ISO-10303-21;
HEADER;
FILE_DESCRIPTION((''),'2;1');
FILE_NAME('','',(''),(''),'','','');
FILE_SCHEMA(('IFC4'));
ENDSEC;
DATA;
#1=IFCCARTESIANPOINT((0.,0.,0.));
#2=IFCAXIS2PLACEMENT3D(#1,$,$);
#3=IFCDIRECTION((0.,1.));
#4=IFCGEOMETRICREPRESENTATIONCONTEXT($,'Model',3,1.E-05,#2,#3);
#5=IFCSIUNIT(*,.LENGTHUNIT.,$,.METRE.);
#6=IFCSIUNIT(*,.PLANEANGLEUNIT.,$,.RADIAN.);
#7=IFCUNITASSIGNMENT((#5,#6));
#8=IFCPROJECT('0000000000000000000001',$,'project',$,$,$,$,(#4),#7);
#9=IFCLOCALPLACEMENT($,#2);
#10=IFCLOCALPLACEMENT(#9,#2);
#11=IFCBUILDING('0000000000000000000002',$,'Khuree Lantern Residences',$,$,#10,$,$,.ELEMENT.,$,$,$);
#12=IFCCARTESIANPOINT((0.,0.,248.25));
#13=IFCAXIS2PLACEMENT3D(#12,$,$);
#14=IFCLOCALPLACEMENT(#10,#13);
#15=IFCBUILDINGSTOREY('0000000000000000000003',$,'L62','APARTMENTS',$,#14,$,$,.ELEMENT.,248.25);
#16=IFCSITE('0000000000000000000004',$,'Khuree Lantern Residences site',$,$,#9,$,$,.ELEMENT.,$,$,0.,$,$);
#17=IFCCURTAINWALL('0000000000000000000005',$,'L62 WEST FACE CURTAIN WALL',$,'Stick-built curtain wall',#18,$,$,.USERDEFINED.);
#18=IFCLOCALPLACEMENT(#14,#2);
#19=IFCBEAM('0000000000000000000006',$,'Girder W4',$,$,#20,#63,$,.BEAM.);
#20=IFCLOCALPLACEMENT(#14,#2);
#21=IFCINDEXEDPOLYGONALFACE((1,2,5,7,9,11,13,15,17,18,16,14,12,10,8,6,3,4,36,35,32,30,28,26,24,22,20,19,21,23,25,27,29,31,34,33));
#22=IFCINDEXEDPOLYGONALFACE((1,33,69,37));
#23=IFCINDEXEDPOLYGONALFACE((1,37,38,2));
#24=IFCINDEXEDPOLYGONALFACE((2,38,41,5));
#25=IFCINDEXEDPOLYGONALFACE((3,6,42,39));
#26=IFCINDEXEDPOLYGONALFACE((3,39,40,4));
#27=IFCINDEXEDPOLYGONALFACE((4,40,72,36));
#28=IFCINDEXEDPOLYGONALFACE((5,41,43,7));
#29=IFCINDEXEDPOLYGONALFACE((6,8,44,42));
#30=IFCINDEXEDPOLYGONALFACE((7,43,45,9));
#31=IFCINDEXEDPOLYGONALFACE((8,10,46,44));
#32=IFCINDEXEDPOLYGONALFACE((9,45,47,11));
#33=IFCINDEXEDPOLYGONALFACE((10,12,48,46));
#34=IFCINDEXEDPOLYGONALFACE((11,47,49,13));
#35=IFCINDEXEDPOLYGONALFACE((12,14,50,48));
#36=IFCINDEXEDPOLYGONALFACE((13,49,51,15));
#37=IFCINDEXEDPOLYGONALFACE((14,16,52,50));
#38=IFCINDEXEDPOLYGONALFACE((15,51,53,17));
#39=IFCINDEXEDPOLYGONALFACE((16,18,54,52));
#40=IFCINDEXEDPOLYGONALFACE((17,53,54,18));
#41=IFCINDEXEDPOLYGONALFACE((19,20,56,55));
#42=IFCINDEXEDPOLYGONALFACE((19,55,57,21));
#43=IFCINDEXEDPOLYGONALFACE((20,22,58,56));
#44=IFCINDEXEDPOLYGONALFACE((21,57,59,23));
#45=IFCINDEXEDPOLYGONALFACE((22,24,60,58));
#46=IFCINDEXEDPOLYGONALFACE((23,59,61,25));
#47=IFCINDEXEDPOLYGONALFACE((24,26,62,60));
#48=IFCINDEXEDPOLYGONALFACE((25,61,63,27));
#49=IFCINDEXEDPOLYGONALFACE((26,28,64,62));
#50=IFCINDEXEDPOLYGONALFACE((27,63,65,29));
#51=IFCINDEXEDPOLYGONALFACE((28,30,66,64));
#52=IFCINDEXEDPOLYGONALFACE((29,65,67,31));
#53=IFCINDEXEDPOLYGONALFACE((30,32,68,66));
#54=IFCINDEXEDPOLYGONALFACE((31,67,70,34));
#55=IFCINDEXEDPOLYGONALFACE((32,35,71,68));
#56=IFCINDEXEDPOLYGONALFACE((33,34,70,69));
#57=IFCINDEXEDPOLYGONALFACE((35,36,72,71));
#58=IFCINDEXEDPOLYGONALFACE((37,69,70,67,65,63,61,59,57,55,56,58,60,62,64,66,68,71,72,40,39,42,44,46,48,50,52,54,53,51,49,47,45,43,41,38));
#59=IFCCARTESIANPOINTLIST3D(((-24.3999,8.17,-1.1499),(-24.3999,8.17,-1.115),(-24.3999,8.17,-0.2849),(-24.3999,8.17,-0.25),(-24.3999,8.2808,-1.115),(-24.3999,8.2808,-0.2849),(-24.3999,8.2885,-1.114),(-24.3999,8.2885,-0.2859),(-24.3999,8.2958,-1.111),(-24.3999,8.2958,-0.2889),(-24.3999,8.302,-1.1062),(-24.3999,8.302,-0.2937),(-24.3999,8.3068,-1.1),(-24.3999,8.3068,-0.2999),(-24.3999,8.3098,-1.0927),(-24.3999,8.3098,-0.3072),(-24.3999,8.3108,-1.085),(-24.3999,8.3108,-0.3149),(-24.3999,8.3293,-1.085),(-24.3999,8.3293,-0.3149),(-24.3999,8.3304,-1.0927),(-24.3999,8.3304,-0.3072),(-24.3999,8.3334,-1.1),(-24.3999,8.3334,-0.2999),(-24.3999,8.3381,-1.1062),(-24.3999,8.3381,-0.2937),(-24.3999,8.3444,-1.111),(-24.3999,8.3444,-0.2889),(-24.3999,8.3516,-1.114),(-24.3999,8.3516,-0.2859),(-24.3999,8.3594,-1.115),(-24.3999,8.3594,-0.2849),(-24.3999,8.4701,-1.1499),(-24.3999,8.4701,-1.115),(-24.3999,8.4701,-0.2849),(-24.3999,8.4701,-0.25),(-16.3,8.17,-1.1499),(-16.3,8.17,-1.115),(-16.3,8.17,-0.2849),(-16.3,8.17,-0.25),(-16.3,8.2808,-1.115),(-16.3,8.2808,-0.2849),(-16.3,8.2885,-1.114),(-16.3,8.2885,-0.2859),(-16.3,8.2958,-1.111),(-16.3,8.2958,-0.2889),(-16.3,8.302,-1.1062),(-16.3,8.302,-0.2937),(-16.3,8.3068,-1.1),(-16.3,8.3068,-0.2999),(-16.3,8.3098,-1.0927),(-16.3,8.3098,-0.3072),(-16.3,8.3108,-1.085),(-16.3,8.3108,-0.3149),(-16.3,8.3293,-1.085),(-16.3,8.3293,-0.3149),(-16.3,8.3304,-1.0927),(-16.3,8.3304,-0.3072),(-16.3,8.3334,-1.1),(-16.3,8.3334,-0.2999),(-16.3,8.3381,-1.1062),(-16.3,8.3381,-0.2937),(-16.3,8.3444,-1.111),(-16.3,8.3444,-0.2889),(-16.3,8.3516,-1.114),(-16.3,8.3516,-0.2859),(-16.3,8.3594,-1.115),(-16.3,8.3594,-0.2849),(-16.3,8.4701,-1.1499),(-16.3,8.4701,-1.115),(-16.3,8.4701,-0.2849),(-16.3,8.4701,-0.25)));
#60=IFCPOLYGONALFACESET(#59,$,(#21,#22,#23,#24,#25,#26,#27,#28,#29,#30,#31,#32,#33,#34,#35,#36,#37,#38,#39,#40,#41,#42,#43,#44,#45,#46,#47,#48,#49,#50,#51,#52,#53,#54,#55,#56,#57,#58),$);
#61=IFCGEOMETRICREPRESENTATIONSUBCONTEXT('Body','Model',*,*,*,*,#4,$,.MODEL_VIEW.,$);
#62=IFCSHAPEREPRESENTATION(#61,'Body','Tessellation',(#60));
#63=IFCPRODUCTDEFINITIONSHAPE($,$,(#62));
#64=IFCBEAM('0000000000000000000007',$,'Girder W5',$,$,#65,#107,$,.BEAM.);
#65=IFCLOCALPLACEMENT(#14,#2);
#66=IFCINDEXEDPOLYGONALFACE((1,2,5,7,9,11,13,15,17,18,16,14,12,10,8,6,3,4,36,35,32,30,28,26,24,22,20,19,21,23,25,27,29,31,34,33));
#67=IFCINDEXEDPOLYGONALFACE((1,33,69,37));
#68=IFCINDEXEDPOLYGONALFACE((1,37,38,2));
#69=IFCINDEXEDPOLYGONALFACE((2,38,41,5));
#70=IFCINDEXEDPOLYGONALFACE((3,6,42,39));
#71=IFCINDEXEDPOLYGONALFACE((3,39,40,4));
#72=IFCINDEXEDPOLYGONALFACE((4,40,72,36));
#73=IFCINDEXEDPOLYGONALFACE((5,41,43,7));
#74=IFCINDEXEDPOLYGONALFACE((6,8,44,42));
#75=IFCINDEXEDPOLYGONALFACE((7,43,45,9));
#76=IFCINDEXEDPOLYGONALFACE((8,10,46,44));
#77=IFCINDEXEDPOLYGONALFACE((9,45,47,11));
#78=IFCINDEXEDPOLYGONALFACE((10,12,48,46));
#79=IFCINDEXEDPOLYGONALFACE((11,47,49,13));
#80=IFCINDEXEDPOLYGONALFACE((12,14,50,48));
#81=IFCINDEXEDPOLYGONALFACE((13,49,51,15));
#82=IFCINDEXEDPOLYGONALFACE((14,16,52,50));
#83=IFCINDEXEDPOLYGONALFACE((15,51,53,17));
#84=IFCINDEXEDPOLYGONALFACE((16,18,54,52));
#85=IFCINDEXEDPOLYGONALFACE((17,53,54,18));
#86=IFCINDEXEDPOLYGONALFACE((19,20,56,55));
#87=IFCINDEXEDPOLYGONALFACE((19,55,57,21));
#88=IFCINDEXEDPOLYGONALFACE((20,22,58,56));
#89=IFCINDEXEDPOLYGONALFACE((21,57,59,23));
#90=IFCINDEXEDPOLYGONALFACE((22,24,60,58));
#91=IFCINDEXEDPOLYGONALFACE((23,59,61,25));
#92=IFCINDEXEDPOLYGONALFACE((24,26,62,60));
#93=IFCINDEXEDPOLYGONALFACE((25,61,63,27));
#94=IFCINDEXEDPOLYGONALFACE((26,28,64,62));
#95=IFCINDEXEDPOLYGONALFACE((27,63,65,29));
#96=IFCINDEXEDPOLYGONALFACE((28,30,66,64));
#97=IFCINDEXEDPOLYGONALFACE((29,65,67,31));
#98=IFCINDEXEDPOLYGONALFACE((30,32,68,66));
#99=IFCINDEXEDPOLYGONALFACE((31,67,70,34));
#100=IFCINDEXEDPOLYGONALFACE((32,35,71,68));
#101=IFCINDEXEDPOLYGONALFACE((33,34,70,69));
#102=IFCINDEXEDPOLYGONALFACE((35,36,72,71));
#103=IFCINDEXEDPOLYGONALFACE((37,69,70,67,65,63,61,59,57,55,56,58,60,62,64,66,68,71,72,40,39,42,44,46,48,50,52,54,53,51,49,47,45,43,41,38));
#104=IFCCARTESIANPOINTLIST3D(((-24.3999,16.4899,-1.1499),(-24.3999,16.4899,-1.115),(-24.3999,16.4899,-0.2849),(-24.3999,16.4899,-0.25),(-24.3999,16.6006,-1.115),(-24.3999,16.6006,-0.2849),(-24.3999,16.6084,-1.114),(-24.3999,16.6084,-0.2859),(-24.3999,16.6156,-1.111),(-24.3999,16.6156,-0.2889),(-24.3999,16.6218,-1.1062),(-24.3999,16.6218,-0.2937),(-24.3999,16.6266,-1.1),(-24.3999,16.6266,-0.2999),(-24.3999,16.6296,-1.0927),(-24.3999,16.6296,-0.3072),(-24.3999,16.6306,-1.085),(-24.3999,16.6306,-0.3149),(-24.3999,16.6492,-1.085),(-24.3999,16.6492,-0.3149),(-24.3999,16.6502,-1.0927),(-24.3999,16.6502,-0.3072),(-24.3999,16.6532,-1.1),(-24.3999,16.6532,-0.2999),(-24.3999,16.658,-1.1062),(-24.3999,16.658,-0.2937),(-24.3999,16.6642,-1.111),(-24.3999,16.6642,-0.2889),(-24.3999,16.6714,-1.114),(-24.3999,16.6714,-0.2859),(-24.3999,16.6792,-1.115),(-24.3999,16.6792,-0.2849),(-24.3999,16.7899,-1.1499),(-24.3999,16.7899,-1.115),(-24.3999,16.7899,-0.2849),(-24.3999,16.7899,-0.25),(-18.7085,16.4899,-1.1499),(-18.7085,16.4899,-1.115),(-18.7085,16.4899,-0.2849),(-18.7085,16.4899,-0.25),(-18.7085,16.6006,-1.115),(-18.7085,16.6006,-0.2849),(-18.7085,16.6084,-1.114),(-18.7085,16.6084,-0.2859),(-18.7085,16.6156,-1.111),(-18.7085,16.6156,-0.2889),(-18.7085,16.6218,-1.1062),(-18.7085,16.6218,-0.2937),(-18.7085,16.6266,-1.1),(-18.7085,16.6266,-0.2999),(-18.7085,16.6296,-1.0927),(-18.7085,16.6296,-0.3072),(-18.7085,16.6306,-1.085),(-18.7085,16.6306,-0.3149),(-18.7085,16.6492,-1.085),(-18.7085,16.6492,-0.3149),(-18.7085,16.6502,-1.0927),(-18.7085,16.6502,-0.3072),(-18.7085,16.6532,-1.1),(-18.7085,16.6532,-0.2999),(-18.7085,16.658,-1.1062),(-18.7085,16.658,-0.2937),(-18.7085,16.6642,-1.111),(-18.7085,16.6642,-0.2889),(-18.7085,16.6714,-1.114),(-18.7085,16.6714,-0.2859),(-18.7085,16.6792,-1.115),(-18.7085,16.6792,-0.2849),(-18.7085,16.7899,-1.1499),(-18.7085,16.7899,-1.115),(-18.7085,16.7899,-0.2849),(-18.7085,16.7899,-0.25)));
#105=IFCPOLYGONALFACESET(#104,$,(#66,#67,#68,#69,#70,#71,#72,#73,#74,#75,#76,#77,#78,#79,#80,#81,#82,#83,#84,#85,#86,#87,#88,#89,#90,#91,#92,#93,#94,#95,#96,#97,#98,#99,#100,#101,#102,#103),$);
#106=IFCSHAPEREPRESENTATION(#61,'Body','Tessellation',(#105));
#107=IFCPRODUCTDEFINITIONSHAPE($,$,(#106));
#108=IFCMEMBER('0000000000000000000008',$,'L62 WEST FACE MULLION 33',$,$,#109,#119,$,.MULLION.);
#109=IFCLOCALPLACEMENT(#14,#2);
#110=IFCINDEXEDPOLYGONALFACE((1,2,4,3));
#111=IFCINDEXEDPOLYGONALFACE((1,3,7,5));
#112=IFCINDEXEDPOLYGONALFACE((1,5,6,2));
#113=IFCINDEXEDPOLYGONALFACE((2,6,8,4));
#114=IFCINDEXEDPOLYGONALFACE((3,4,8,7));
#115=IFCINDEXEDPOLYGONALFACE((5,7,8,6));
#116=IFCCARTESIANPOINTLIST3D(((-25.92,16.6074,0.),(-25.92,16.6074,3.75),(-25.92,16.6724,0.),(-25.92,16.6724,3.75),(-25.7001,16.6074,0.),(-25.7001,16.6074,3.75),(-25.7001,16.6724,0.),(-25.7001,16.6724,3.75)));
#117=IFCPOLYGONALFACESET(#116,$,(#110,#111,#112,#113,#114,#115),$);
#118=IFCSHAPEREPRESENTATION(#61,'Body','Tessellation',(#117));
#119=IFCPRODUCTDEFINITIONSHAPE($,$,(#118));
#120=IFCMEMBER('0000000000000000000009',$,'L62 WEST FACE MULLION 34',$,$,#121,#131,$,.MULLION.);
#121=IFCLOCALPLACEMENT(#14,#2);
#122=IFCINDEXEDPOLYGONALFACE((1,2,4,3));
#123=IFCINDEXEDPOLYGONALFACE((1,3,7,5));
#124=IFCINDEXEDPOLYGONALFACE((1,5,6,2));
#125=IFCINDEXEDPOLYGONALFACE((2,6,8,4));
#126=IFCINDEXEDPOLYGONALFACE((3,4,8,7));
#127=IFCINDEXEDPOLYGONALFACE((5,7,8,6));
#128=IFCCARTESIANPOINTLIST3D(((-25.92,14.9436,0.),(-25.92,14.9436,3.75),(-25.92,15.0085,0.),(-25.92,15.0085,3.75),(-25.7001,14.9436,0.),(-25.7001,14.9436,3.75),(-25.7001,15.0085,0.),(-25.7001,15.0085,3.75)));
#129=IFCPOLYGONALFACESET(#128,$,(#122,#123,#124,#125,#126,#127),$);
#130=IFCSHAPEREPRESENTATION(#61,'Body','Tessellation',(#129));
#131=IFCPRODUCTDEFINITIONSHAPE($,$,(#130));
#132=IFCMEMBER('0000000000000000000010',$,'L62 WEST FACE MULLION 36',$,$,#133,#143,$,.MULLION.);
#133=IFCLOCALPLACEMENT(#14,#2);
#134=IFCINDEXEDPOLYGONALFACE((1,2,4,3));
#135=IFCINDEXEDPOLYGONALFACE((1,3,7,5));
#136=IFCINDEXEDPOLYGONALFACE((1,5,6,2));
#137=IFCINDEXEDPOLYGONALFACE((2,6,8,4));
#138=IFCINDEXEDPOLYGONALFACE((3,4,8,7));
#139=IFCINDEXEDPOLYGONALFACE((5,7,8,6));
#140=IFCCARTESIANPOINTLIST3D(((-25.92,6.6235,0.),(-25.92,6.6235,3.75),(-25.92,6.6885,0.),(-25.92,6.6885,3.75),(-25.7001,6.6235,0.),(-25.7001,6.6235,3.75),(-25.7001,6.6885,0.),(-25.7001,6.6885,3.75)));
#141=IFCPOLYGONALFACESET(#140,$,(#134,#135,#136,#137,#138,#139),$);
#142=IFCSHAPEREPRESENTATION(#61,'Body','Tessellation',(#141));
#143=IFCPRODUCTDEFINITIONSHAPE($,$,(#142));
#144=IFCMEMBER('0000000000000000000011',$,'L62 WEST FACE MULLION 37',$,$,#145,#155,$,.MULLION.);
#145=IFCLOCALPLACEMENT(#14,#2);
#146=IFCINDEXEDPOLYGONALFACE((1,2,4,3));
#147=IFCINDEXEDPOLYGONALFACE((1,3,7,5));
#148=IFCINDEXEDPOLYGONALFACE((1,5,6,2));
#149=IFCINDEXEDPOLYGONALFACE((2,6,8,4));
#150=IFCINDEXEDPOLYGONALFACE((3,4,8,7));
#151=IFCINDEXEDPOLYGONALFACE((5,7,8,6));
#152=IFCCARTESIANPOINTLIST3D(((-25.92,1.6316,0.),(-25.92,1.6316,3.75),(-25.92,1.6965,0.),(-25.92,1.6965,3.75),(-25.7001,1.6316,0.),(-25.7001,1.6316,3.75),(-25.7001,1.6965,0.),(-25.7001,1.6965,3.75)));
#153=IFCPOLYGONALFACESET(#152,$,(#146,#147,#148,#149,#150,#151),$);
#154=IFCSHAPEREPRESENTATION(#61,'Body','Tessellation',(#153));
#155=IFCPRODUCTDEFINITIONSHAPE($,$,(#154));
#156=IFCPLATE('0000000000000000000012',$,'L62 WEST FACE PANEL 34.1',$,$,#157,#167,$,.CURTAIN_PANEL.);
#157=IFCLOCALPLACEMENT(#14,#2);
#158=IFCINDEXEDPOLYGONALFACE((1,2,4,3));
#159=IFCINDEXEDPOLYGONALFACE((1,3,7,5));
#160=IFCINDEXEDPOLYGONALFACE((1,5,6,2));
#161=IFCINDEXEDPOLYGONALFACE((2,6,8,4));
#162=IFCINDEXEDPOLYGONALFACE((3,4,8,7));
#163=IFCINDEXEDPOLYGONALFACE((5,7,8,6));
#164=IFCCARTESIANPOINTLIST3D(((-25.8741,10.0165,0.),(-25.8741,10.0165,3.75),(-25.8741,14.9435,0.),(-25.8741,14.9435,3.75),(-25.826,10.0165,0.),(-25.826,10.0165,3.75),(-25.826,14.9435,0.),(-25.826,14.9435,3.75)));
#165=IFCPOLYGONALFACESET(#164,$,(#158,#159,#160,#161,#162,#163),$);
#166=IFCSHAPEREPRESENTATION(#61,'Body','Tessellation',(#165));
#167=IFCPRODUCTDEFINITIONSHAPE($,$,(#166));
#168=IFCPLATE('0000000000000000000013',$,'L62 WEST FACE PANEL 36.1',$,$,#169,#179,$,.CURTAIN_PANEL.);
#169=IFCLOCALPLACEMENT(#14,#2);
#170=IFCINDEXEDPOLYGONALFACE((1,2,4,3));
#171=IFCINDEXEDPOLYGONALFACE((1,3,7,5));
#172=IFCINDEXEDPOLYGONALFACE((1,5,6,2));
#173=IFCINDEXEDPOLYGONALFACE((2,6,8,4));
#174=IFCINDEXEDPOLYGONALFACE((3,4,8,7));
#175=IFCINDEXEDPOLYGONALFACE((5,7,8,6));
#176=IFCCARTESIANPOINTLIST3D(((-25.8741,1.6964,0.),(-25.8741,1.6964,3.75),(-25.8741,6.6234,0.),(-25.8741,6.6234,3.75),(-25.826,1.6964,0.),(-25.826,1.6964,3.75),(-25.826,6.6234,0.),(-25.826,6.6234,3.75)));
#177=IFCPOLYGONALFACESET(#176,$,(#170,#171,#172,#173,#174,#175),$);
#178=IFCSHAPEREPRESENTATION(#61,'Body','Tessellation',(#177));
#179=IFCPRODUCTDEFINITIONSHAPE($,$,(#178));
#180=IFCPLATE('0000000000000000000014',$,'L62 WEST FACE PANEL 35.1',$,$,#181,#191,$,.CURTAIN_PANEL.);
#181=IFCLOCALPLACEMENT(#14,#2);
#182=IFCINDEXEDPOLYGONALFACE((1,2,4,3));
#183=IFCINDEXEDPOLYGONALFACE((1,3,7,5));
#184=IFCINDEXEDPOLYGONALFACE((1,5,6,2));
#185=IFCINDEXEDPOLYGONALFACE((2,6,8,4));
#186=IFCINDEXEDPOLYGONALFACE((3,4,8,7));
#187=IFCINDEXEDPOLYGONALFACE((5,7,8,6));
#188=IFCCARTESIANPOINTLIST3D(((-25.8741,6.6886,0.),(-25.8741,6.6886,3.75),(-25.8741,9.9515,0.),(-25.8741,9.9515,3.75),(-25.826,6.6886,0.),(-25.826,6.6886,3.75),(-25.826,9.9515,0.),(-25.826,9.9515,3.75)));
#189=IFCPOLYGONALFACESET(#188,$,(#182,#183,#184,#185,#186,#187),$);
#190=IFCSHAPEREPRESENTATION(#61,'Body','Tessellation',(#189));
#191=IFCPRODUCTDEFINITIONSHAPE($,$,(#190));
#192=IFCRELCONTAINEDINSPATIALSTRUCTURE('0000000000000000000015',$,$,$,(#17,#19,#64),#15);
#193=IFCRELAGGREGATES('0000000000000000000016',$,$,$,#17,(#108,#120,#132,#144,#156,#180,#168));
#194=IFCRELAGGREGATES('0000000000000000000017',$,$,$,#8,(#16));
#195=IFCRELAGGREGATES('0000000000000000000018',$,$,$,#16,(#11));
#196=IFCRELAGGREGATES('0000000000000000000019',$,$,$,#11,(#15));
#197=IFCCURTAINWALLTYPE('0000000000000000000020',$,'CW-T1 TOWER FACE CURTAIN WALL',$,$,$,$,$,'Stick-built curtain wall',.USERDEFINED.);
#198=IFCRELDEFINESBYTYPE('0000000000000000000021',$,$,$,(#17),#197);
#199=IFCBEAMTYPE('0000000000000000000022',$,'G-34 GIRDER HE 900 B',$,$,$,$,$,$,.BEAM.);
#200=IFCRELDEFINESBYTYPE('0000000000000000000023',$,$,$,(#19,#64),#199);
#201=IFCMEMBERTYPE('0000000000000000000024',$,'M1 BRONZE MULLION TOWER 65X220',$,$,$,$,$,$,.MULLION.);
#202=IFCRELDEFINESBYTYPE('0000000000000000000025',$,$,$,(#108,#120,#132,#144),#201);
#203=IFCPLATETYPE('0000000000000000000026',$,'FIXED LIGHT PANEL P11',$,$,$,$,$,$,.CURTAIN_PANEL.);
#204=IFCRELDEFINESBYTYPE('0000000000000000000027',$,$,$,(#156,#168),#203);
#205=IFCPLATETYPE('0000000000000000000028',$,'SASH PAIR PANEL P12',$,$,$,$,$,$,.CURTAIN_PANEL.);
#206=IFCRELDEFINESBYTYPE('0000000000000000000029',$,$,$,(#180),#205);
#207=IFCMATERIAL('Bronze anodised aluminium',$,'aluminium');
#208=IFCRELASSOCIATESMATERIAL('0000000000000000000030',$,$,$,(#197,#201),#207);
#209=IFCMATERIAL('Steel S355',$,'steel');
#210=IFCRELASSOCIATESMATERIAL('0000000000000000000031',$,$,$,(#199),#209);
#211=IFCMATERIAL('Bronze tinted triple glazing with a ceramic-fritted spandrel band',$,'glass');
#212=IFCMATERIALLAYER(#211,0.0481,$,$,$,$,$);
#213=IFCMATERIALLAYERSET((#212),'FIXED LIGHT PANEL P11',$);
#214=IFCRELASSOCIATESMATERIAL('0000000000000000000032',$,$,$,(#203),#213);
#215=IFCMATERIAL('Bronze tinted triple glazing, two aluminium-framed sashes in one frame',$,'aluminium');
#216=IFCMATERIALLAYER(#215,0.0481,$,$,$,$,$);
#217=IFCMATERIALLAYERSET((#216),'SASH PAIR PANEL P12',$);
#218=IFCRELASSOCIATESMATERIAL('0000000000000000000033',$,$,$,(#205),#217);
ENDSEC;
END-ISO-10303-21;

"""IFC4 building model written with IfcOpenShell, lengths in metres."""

from ifc_helpers import new_model, si_unit, direction, frame, origin, origin_2d, place, context, subcontext, project, spatial, rectangle, i_section, extrude, material, layer, layer_set, material_profile, profile_set, type_object, element, aggregate, save


model = new_model("IFC4")

# Units and contexts
model_context = context("Model", 3, precision=1e-05, world=origin(), true_north=direction((0.0, 1.0)))
body_context = subcontext(model_context, "Body", "Model", "MODEL_VIEW")
ifc_project = project(units=[si_unit("LENGTHUNIT", "METRE"), si_unit("PLANEANGLEUNIT", "RADIAN")], contexts=[model_context])

# Site, building, storey
site_placement = place(None, origin())
site = spatial("IfcSite", under=ifc_project, at=site_placement, Name="Khuree Lantern Residences site", CompositionType="ELEMENT", RefElevation=0.0)
building_placement = place(site_placement, origin())
building = spatial("IfcBuilding", under=site, at=building_placement, Name="Khuree Lantern Residences", CompositionType="ELEMENT")
storey_placement = place(building_placement, frame((0.0, 0.0, 248.25)))
storey = spatial("IfcBuildingStorey", under=building, at=storey_placement, Name="L62", Description="APARTMENTS", CompositionType="ELEMENT", Elevation=248.25)

# Shared definitions
ifc_material_1 = material(Name="Steel S355", Category="steel")

# Curtain wall
ifc_material_2 = material(Name="Bronze anodised aluminium", Category="aluminium")
curtain_wall_type = type_object("IfcCurtainWallType", Name="CW-T1 TOWER FACE CURTAIN WALL", ElementType="Stick-built curtain wall", PredefinedType="USERDEFINED", material=ifc_material_2)
curtain_wall_placement = place(storey_placement, origin())
curtain_wall = element("IfcCurtainWall", 1, at=curtain_wall_placement, inside=storey, type_object=curtain_wall_type, Name="L62 WEST FACE CURTAIN WALL", ObjectType="Stick-built curtain wall", PredefinedType="USERDEFINED")

# Beams
ifc_material_profile_1 = material_profile(ifc_material_1, i_section(OverallWidth=0.3, OverallDepth=0.8999, WebThickness=0.0186, FlangeThickness=0.0349, FilletRadius=0.03, at=origin_2d()), Name="HE 900 B")
ifc_profile_set_1 = profile_set([ifc_material_profile_1], Name="Steel S355")
beam_type_1 = type_object("IfcBeamType", Name="G-34 GIRDER HE 900 B", PredefinedType="BEAM", material=ifc_profile_set_1)
for number, where, z_axis, x_axis, name in (
    (2, (-24.3999, 8.3201, -0.7), (1.0, 0.0, 0.0), (0.0, 1.0, 0.0), "Girder W4"),
):
    element("IfcBeam", number, at=place(storey_placement, frame(where, z_axis=z_axis, x_axis=x_axis)), inside=storey, type_object=beam_type_1, Name=name, PredefinedType="BEAM", context=body_context, shape_type="SweptSolid", body=[
        extrude(i_section(OverallWidth=0.3, OverallDepth=0.8999, WebThickness=0.0186, FlangeThickness=0.0349, FilletRadius=0.03, at=origin_2d()), origin(), (0.0, 0.0, 1.0), 8.0999),
    ])
beam_1_placement = place(storey_placement, frame((-24.3999, 16.6399, -0.7), z_axis=(1.0, 0.0, 0.0), x_axis=(0.0, 1.0, 0.0)))
element("IfcBeam", 3, at=beam_1_placement, inside=storey, type_object=beam_type_1, Name="Girder W5", PredefinedType="BEAM", context=body_context, shape_type="SweptSolid", body=[
    extrude(i_section(OverallWidth=0.3, OverallDepth=0.8999, WebThickness=0.0186, FlangeThickness=0.0349, FilletRadius=0.03, at=origin_2d()), origin(), (0.0, 0.0, 1.0), 5.6914),
])

# Members
ifc_material_profile_2 = material_profile(ifc_material_2, rectangle(XDim=0.0649, YDim=0.22, at=origin_2d()), Name="M1 65X220")
ifc_profile_set_2 = profile_set([ifc_material_profile_2], Name="Bronze anodised aluminium")
member_type_1 = type_object("IfcMemberType", Name="M1 BRONZE MULLION TOWER 65X220", PredefinedType="MULLION", material=ifc_profile_set_2)
member_1_placement = place(storey_placement, frame((-25.8101, 16.6399, 0.0), z_axis=(0.0, 0.0, 1.0), x_axis=(0.0, -1.0, 0.0)))
member_1 = element("IfcMember", 4, at=member_1_placement, type_object=member_type_1, Name="L62 WEST FACE MULLION 33", PredefinedType="MULLION", context=body_context, shape_type="SweptSolid", body=[
    extrude(rectangle(XDim=0.0649, YDim=0.22, at=origin_2d()), origin(), (0.0, 0.0, 1.0), 3.75),
])
member_2_placement = place(storey_placement, frame((-25.8101, 14.9761, 0.0), z_axis=(0.0, 0.0, 1.0), x_axis=(0.0, -1.0, 0.0)))
member_2 = element("IfcMember", 5, at=member_2_placement, type_object=member_type_1, Name="L62 WEST FACE MULLION 34", PredefinedType="MULLION", context=body_context, shape_type="SweptSolid", body=[
    extrude(rectangle(XDim=0.0649, YDim=0.22, at=origin_2d()), origin(), (0.0, 0.0, 1.0), 3.75),
])
member_3_placement = place(storey_placement, frame((-25.8101, 6.656, 0.0), z_axis=(0.0, 0.0, 1.0), x_axis=(0.0, -1.0, 0.0)))
member_3 = element("IfcMember", 6, at=member_3_placement, type_object=member_type_1, Name="L62 WEST FACE MULLION 36", PredefinedType="MULLION", context=body_context, shape_type="SweptSolid", body=[
    extrude(rectangle(XDim=0.0649, YDim=0.22, at=origin_2d()), origin(), (0.0, 0.0, 1.0), 3.75),
])
member_4_placement = place(storey_placement, frame((-25.8101, 1.6641, 0.0), z_axis=(0.0, 0.0, 1.0), x_axis=(0.0, -1.0, 0.0)))
member_4 = element("IfcMember", 7, at=member_4_placement, type_object=member_type_1, Name="L62 WEST FACE MULLION 37", PredefinedType="MULLION", context=body_context, shape_type="SweptSolid", body=[
    extrude(rectangle(XDim=0.0649, YDim=0.22, at=origin_2d()), origin(), (0.0, 0.0, 1.0), 3.75),
])

# Plates
ifc_material_3 = material(Name="Bronze tinted triple glazing with a ceramic-fritted spandrel band", Category="glass")
ifc_layer_1 = layer(ifc_material_3, 0.0481)
ifc_layer_set_1 = layer_set([ifc_layer_1], Name="FIXED LIGHT PANEL P11")
plate_type_1 = type_object("IfcPlateType", Name="FIXED LIGHT PANEL P11", PredefinedType="CURTAIN_PANEL", material=ifc_layer_set_1)
plate_1_placement = place(storey_placement, frame((-25.8501, 12.48, 0.0), z_axis=(0.0, 0.0, 1.0), x_axis=(0.0, -1.0, 0.0)))
plate_1 = element("IfcPlate", 8, at=plate_1_placement, type_object=plate_type_1, Name="L62 WEST FACE PANEL 34.1", PredefinedType="CURTAIN_PANEL", context=body_context, shape_type="SweptSolid", body=[
    extrude(rectangle(XDim=4.927, YDim=0.0481, at=origin_2d()), origin(), (0.0, 0.0, 1.0), 3.75),
])
plate_2_placement = place(storey_placement, frame((-25.8501, 4.1599, 0.0), z_axis=(0.0, 0.0, 1.0), x_axis=(0.0, -1.0, 0.0)))
plate_2 = element("IfcPlate", 9, at=plate_2_placement, type_object=plate_type_1, Name="L62 WEST FACE PANEL 36.1", PredefinedType="CURTAIN_PANEL", context=body_context, shape_type="SweptSolid", body=[
    extrude(rectangle(XDim=4.927, YDim=0.0481, at=origin_2d()), origin(), (0.0, 0.0, 1.0), 3.75),
])
ifc_material_4 = material(Name="Bronze tinted triple glazing, two aluminium-framed sashes in one frame", Category="aluminium")
ifc_layer_2 = layer(ifc_material_4, 0.0481)
ifc_layer_set_2 = layer_set([ifc_layer_2], Name="SASH PAIR PANEL P12")
plate_type_2 = type_object("IfcPlateType", Name="SASH PAIR PANEL P12", PredefinedType="CURTAIN_PANEL", material=ifc_layer_set_2)
plate_3_placement = place(storey_placement, frame((-25.8501, 8.3201, 0.0), z_axis=(0.0, 0.0, 1.0), x_axis=(0.0, -1.0, 0.0)))
plate_3 = element("IfcPlate", 10, at=plate_3_placement, type_object=plate_type_2, Name="L62 WEST FACE PANEL 35.1", PredefinedType="CURTAIN_PANEL", context=body_context, shape_type="SweptSolid", body=[
    extrude(rectangle(XDim=3.2629, YDim=0.0481, at=origin_2d()), origin(), (0.0, 0.0, 1.0), 3.75),
])
aggregate(curtain_wall, [member_1, member_2, member_3, member_4, plate_1, plate_3, plate_2])

save(model, "model.ifc")
